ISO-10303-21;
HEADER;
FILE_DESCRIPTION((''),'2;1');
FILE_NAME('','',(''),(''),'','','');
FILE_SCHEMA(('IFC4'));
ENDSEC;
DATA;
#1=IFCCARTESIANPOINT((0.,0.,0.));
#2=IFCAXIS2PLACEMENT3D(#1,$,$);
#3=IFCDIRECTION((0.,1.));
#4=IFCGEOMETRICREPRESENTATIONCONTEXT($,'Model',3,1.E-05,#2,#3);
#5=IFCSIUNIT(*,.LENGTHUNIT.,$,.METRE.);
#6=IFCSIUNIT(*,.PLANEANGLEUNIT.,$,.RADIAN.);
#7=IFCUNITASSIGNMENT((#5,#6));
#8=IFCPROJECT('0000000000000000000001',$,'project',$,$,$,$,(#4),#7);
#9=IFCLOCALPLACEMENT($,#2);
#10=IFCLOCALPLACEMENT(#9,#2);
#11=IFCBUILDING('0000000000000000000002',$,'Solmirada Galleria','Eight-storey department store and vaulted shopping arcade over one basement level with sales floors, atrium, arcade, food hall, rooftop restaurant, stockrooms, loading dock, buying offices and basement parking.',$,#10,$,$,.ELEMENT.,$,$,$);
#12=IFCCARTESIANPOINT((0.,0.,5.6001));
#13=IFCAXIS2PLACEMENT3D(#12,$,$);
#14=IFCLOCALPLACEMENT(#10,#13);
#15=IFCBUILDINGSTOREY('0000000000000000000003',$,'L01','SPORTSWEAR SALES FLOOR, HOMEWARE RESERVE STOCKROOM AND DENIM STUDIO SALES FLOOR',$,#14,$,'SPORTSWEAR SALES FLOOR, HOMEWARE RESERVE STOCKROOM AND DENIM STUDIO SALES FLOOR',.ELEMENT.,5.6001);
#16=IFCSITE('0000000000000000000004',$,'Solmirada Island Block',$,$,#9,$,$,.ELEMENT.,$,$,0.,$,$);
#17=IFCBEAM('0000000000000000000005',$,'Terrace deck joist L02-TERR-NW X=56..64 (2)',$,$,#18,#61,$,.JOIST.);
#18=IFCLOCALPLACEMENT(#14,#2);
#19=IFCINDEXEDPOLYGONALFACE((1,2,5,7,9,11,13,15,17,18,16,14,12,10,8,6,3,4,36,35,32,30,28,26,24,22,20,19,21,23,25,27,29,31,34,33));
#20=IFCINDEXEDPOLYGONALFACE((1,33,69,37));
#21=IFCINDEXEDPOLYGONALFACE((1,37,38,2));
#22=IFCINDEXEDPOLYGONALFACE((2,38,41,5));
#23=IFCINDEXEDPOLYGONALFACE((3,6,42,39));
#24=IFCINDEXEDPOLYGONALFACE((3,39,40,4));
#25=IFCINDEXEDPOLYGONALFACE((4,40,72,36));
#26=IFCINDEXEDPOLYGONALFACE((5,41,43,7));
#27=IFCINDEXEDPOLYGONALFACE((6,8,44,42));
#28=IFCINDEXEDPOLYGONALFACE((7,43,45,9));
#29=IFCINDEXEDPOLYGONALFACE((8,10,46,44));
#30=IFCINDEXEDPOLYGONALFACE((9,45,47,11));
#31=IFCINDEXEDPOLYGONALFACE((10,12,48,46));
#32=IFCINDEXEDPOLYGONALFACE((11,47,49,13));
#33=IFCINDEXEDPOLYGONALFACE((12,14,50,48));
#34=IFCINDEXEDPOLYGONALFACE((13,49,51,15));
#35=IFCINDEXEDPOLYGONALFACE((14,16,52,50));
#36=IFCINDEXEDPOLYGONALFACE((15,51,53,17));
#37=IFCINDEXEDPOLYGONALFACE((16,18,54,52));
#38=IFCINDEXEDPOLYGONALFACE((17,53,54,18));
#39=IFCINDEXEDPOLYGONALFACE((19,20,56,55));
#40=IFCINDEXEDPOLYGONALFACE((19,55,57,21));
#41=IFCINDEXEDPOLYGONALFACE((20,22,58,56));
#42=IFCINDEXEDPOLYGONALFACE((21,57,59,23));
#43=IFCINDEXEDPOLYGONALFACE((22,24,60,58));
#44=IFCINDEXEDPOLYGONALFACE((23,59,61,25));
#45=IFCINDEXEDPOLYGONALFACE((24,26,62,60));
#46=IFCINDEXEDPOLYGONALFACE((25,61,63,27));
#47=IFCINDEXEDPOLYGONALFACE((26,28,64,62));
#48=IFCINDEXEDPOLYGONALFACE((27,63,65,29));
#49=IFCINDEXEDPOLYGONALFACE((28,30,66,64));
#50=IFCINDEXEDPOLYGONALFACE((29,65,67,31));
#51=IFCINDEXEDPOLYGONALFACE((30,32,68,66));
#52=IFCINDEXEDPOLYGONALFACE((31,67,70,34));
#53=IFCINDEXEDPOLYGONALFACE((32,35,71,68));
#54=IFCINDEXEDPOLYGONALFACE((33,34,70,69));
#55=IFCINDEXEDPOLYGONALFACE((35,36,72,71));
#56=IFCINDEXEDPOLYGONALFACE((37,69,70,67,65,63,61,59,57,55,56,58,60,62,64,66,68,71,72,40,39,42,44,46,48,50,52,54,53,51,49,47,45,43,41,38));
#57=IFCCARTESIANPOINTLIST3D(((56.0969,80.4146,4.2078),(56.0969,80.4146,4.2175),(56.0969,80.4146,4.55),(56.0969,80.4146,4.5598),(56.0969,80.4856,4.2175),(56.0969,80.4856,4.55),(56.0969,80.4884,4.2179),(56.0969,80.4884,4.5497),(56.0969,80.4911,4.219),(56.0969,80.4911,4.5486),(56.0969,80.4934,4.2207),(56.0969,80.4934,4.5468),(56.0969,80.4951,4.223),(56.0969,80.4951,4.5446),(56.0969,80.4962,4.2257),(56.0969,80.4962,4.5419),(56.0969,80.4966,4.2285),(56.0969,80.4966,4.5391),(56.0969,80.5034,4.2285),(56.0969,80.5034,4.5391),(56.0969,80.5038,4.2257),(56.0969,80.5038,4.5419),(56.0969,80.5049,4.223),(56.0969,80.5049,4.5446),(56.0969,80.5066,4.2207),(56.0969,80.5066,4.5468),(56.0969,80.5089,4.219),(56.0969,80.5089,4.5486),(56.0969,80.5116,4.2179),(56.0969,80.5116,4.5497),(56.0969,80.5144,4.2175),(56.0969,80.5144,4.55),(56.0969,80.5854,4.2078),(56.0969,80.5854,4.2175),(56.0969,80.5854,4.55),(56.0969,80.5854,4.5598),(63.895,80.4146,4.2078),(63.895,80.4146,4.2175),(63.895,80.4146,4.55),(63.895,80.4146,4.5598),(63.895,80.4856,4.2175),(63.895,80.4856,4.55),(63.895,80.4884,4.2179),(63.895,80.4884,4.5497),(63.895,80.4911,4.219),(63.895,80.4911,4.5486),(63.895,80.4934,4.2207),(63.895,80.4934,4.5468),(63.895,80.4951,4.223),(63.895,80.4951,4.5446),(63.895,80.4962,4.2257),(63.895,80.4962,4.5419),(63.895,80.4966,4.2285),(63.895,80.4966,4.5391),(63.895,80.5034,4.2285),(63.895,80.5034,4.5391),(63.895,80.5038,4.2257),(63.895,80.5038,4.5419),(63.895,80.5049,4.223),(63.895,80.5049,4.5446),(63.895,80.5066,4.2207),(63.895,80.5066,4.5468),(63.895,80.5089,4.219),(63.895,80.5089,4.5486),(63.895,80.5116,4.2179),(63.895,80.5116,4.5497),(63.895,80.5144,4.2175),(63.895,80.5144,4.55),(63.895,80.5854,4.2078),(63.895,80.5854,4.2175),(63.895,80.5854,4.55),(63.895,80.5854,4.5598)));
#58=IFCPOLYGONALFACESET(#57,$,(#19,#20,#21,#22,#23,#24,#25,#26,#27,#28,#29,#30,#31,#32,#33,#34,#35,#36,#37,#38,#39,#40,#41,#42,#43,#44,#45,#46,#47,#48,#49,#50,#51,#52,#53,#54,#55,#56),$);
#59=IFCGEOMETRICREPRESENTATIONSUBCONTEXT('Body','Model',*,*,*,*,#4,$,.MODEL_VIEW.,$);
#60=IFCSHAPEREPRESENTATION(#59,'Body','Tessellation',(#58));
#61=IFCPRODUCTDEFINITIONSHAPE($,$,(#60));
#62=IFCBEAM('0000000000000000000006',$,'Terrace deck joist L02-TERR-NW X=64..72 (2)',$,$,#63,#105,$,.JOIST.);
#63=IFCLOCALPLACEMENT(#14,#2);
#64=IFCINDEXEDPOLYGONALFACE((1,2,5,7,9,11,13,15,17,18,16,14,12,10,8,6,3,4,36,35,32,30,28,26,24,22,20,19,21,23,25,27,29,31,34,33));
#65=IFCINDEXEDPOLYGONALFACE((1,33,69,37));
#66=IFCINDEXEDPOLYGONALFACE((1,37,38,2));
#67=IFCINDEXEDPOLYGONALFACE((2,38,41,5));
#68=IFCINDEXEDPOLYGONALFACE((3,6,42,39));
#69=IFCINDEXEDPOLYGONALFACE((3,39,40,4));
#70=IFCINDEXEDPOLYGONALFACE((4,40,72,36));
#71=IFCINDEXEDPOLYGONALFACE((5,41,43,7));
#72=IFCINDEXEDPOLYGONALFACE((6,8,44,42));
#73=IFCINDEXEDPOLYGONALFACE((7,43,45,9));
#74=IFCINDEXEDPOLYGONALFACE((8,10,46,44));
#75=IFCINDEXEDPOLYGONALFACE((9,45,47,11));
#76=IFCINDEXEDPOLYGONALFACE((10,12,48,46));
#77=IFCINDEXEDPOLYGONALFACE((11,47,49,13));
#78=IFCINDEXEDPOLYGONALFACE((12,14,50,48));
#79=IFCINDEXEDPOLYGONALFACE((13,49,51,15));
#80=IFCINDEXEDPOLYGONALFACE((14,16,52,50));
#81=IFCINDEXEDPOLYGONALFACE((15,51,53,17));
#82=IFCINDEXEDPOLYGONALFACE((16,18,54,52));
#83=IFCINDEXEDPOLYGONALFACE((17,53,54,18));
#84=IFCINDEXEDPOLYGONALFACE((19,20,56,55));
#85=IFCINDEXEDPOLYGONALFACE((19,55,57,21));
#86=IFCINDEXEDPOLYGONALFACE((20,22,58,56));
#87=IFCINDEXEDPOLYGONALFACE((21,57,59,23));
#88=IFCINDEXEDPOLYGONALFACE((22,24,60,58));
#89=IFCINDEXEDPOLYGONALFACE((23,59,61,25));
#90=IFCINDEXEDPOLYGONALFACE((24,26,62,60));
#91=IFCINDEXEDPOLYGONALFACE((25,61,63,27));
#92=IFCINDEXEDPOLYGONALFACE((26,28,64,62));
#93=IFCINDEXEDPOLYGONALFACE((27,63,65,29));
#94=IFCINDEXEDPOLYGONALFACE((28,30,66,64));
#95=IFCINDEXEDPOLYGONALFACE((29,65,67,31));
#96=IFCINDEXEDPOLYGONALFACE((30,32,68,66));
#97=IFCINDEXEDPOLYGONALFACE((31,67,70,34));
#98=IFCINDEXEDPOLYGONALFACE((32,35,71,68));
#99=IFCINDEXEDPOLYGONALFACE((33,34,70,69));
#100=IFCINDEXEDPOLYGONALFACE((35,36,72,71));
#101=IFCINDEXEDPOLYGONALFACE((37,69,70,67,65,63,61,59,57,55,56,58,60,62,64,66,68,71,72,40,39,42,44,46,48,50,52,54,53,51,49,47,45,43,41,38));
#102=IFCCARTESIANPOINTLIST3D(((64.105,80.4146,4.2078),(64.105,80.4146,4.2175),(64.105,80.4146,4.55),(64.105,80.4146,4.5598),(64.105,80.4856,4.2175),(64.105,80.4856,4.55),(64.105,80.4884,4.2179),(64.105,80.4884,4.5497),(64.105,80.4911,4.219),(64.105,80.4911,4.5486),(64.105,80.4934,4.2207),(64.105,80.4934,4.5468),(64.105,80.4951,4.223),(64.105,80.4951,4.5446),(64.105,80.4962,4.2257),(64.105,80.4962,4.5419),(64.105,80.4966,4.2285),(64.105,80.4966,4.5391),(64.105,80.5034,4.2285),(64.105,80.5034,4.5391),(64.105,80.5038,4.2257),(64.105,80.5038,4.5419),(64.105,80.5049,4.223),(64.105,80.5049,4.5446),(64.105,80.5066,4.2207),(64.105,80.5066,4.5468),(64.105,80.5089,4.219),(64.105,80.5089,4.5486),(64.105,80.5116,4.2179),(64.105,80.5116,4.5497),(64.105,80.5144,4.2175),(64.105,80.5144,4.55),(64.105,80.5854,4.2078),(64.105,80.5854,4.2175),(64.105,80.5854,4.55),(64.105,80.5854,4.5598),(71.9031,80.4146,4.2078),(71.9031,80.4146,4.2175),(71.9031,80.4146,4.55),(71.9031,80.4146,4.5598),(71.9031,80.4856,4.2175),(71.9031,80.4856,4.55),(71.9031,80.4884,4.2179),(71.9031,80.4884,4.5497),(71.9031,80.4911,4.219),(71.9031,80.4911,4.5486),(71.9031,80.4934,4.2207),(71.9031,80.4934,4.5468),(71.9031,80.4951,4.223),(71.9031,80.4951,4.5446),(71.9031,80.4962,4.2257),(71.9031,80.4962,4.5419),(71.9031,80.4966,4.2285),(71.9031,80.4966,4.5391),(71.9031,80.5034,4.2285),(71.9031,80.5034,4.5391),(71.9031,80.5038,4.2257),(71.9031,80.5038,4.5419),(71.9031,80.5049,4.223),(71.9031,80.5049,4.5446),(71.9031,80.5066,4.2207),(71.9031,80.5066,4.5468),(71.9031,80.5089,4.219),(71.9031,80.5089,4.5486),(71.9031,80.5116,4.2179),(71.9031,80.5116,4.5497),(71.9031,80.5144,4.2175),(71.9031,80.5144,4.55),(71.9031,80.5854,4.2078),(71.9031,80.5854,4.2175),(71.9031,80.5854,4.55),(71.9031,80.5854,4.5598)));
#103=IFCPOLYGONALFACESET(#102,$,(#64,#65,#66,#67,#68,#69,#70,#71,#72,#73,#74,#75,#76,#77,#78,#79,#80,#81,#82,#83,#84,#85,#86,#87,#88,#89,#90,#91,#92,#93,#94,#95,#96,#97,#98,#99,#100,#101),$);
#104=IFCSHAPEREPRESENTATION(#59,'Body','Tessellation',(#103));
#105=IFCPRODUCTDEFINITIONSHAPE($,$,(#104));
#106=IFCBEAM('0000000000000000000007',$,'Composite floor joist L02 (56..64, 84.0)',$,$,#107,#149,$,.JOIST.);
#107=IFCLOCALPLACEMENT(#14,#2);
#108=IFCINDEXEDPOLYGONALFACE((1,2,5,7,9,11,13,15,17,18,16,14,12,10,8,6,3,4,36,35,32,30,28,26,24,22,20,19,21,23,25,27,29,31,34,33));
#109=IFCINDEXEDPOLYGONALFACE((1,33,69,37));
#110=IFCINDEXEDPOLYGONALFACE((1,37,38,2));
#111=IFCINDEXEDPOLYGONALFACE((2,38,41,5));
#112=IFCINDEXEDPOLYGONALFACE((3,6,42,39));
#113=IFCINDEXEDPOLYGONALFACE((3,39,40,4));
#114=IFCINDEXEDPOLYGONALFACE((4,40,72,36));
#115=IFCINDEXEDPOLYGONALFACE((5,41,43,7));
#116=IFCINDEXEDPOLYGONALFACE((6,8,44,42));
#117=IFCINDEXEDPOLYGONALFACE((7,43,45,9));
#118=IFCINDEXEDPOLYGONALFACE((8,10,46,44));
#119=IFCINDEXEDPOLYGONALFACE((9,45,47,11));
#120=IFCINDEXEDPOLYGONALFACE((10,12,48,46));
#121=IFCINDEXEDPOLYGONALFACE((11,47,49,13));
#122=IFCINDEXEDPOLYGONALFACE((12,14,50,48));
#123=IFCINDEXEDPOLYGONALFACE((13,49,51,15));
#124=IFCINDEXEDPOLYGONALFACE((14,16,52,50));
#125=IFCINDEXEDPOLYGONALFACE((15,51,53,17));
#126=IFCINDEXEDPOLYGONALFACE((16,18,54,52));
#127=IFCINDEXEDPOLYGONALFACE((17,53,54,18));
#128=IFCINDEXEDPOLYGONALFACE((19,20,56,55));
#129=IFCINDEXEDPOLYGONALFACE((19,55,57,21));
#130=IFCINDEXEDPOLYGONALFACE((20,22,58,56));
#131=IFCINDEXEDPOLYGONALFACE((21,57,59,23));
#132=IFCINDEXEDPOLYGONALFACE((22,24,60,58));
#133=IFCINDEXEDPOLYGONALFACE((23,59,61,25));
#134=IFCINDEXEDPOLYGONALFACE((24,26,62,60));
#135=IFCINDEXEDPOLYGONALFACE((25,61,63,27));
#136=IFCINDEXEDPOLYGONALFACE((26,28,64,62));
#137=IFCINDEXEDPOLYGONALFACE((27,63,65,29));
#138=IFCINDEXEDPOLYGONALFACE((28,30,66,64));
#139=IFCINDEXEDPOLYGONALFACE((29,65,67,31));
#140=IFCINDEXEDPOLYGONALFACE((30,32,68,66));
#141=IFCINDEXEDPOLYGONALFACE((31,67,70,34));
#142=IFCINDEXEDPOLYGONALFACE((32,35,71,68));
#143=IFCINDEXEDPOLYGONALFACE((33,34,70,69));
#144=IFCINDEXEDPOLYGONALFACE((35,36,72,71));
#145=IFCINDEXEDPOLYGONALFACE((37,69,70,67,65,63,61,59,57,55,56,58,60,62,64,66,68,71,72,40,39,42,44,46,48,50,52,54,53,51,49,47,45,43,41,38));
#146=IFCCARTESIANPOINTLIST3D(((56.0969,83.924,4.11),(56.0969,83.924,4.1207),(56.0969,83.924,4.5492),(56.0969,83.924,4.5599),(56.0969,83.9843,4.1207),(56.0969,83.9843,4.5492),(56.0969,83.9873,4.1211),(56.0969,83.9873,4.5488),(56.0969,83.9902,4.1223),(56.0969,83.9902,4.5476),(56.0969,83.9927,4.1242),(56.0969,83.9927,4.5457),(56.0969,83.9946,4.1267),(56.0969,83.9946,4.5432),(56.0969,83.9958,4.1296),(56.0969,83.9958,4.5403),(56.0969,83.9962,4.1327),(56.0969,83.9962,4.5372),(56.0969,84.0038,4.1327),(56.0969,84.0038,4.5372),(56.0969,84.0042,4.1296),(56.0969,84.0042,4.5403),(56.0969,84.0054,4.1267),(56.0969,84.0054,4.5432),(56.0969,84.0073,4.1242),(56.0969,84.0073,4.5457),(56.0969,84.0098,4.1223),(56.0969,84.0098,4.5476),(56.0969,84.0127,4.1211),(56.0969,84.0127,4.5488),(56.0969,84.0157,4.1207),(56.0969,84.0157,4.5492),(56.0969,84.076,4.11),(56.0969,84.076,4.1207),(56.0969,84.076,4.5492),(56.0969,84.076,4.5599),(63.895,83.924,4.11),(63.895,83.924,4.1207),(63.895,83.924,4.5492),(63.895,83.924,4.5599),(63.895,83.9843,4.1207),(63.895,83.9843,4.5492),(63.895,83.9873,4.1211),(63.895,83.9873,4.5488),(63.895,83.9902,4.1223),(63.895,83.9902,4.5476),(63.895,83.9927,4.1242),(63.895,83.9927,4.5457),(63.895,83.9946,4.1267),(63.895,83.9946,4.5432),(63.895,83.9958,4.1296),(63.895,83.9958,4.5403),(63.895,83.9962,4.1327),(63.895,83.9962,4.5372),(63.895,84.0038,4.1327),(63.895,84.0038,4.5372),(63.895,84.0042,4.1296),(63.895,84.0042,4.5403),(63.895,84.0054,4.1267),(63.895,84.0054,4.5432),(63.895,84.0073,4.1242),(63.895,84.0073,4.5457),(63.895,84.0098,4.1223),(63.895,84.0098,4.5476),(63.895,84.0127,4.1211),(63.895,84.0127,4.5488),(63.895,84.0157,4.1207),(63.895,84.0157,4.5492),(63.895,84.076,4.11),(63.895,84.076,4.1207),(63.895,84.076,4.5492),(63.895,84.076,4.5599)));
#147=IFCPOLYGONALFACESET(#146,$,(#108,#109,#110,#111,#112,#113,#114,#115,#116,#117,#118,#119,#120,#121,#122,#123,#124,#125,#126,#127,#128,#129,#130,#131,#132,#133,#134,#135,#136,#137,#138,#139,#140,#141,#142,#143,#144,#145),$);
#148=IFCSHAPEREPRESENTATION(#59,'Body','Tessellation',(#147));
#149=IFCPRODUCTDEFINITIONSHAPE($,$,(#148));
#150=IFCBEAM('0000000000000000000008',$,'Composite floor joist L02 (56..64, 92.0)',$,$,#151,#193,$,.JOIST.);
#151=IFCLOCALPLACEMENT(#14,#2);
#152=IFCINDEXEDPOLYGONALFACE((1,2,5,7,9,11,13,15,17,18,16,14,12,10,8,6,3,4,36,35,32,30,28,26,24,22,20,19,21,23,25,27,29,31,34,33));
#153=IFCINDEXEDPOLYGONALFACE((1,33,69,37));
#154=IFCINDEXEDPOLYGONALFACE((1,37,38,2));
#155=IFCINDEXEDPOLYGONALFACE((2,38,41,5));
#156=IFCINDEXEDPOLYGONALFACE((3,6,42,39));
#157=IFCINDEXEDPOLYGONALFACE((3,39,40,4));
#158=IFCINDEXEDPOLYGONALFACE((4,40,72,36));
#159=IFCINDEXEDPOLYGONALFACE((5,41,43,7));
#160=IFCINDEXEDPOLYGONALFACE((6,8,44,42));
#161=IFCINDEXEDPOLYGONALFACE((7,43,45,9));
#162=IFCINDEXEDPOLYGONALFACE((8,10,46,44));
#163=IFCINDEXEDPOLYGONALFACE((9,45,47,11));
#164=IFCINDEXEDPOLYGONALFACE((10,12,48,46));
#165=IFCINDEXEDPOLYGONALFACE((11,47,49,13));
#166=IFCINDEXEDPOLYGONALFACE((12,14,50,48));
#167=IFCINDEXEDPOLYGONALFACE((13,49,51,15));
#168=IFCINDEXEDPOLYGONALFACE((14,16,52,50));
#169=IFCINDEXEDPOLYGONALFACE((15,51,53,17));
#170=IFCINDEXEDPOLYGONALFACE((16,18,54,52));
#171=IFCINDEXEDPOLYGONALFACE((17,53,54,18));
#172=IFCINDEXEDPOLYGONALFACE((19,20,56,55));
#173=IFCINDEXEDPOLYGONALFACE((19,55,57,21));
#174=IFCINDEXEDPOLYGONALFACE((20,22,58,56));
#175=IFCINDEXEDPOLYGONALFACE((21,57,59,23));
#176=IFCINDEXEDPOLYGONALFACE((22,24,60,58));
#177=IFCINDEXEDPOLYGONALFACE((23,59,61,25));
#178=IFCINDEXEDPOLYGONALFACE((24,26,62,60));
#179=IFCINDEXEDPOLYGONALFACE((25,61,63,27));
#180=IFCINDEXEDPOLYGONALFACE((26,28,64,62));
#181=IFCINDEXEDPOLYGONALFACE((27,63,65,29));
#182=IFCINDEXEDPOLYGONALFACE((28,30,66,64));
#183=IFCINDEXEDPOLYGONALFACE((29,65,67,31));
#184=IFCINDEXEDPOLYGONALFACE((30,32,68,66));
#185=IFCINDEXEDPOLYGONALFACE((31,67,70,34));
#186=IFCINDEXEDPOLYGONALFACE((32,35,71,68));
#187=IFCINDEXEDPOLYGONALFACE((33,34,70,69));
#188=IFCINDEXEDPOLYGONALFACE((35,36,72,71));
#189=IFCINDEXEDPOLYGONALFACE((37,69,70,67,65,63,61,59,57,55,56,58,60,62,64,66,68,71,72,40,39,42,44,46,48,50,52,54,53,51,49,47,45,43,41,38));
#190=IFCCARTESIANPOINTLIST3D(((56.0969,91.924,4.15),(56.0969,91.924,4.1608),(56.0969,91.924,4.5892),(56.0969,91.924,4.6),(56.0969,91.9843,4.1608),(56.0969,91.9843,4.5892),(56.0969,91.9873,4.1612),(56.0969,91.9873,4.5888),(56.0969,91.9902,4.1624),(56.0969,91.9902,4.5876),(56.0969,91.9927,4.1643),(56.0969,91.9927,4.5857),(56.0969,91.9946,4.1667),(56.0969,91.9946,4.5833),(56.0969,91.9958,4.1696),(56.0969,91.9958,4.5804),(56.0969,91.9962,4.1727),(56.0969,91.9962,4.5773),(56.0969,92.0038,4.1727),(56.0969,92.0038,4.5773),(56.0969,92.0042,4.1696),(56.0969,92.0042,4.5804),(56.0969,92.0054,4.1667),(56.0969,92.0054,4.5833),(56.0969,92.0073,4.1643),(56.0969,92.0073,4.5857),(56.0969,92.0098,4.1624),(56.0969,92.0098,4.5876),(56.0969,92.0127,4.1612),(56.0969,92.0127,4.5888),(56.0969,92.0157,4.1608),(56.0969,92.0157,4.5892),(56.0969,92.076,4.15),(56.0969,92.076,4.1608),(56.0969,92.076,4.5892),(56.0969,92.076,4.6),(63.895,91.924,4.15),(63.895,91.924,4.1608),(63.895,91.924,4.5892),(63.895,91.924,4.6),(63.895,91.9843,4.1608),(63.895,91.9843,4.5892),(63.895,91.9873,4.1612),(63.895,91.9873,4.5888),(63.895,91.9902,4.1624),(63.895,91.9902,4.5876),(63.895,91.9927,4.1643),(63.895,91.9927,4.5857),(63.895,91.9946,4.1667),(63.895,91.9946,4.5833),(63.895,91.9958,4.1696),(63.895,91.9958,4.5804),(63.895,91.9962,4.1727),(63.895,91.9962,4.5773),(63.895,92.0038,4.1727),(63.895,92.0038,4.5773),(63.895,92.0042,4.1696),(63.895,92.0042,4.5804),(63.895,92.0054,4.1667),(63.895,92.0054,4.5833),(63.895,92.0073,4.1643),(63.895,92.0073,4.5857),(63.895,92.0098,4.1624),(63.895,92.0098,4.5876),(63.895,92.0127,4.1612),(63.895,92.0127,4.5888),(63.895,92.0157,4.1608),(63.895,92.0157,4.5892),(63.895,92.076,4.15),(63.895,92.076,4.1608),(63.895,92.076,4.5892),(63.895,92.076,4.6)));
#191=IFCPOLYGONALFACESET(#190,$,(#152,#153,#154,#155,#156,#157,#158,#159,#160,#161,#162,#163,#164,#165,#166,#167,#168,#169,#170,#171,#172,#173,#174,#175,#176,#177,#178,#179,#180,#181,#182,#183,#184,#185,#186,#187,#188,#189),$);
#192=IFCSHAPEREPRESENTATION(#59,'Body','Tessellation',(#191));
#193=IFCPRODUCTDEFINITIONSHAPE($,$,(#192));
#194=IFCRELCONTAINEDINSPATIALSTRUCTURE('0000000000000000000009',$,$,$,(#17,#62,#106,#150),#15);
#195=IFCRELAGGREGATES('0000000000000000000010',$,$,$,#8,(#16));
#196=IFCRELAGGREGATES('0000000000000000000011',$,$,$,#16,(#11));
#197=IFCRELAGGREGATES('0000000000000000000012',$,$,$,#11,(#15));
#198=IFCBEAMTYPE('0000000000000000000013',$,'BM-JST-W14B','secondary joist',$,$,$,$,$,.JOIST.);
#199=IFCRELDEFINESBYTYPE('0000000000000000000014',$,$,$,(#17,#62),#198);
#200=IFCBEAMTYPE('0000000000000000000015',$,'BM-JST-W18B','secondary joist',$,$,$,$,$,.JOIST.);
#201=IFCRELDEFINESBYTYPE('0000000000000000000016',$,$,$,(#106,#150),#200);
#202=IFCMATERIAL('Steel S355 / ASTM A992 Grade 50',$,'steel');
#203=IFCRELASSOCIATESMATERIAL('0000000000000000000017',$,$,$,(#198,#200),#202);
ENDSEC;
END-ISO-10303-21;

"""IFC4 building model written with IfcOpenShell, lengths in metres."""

from ifc_helpers import new_model, si_unit, direction, frame, origin, origin_2d, place, context, subcontext, project, spatial, i_section, extrude, material, material_profile, profile_set, type_object, element, save


model = new_model("IFC4")

# Units and contexts
model_context = context("Model", 3, precision=1e-05, world=origin(), true_north=direction((0.0, 1.0)))
body_context = subcontext(model_context, "Body", "Model", "MODEL_VIEW")
ifc_project = project(units=[si_unit("LENGTHUNIT", "METRE"), si_unit("PLANEANGLEUNIT", "RADIAN")], contexts=[model_context])

# Site, building, storey
site_placement = place(None, origin())
site = spatial("IfcSite", under=ifc_project, at=site_placement, Name="Solmirada Island Block", CompositionType="ELEMENT", RefElevation=0.0)
building_placement = place(site_placement, origin())
building = spatial("IfcBuilding", under=site, at=building_placement, Name="Solmirada Galleria", Description="Eight-storey department store and vaulted shopping arcade over one basement level with sales floors, atrium, arcade, food hall, rooftop restaurant, stockrooms, loading dock, buying offices and basement parking.", CompositionType="ELEMENT")
storey_placement = place(building_placement, frame((0.0, 0.0, 5.6001)))
storey = spatial("IfcBuildingStorey", under=building, at=storey_placement, Name="L01", Description="SPORTSWEAR SALES FLOOR, HOMEWARE RESERVE STOCKROOM AND DENIM STUDIO SALES FLOOR", LongName="SPORTSWEAR SALES FLOOR, HOMEWARE RESERVE STOCKROOM AND DENIM STUDIO SALES FLOOR", CompositionType="ELEMENT", Elevation=5.6001)

# Beams
ifc_material_1 = material(Name="Steel S355 / ASTM A992 Grade 50", Category="steel")
ifc_material_profile_1 = material_profile(ifc_material_1, i_section(OverallWidth=0.1709, OverallDepth=0.3521, WebThickness=0.0068, FlangeThickness=0.0098, FilletRadius=0.011, at=origin_2d()), Name="W14X30")
ifc_profile_set_1 = profile_set([ifc_material_profile_1], Name="Steel S355 / ASTM A992 Grade 50")
beam_type_1 = type_object("IfcBeamType", Name="BM-JST-W14B", Description="secondary joist", PredefinedType="JOIST", material=ifc_profile_set_1)
for number, where, z_axis, x_axis, name in (
    (1, (56.0969, 80.5, 4.3838), (1.0, 0.0, 0.0), (0.0, 1.0, 0.0), "Terrace deck joist L02-TERR-NW X=56..64 (2)"),
    (2, (64.105, 80.5, 4.3838), (1.0, 0.0, 0.0), (0.0, 1.0, 0.0), "Terrace deck joist L02-TERR-NW X=64..72 (2)"),
):
    element("IfcBeam", number, at=place(storey_placement, frame(where, z_axis=z_axis, x_axis=x_axis)), inside=storey, type_object=beam_type_1, Name=name, PredefinedType="JOIST", context=body_context, shape_type="SweptSolid", body=[
        extrude(i_section(OverallWidth=0.1709, OverallDepth=0.3521, WebThickness=0.0068, FlangeThickness=0.0098, FilletRadius=0.011, at=origin_2d()), origin(), (0.0, 0.0, 1.0), 7.7981),
    ])
ifc_material_profile_2 = material_profile(ifc_material_1, i_section(OverallWidth=0.1521, OverallDepth=0.45, WebThickness=0.0076, FlangeThickness=0.0107, FilletRadius=0.012, at=origin_2d()), Name="W18X35")
ifc_profile_set_2 = profile_set([ifc_material_profile_2], Name="Steel S355 / ASTM A992 Grade 50")
beam_type_2 = type_object("IfcBeamType", Name="BM-JST-W18B", Description="secondary joist", PredefinedType="JOIST", material=ifc_profile_set_2)
for number, where, z_axis, x_axis, name in (
    (3, (56.0969, 84.0, 4.335), (1.0, 0.0, 0.0), (0.0, 1.0, 0.0), "Composite floor joist L02 (56..64, 84.0)"),
    (4, (56.0969, 92.0, 4.375), (1.0, 0.0, 0.0), (0.0, 1.0, 0.0), "Composite floor joist L02 (56..64, 92.0)"),
):
    element("IfcBeam", number, at=place(storey_placement, frame(where, z_axis=z_axis, x_axis=x_axis)), inside=storey, type_object=beam_type_2, Name=name, PredefinedType="JOIST", context=body_context, shape_type="SweptSolid", body=[
        extrude(i_section(OverallWidth=0.1521, OverallDepth=0.45, WebThickness=0.0076, FlangeThickness=0.0107, FilletRadius=0.012, at=origin_2d()), origin(), (0.0, 0.0, 1.0), 7.7981),
    ])

save(model, "model.ifc")
